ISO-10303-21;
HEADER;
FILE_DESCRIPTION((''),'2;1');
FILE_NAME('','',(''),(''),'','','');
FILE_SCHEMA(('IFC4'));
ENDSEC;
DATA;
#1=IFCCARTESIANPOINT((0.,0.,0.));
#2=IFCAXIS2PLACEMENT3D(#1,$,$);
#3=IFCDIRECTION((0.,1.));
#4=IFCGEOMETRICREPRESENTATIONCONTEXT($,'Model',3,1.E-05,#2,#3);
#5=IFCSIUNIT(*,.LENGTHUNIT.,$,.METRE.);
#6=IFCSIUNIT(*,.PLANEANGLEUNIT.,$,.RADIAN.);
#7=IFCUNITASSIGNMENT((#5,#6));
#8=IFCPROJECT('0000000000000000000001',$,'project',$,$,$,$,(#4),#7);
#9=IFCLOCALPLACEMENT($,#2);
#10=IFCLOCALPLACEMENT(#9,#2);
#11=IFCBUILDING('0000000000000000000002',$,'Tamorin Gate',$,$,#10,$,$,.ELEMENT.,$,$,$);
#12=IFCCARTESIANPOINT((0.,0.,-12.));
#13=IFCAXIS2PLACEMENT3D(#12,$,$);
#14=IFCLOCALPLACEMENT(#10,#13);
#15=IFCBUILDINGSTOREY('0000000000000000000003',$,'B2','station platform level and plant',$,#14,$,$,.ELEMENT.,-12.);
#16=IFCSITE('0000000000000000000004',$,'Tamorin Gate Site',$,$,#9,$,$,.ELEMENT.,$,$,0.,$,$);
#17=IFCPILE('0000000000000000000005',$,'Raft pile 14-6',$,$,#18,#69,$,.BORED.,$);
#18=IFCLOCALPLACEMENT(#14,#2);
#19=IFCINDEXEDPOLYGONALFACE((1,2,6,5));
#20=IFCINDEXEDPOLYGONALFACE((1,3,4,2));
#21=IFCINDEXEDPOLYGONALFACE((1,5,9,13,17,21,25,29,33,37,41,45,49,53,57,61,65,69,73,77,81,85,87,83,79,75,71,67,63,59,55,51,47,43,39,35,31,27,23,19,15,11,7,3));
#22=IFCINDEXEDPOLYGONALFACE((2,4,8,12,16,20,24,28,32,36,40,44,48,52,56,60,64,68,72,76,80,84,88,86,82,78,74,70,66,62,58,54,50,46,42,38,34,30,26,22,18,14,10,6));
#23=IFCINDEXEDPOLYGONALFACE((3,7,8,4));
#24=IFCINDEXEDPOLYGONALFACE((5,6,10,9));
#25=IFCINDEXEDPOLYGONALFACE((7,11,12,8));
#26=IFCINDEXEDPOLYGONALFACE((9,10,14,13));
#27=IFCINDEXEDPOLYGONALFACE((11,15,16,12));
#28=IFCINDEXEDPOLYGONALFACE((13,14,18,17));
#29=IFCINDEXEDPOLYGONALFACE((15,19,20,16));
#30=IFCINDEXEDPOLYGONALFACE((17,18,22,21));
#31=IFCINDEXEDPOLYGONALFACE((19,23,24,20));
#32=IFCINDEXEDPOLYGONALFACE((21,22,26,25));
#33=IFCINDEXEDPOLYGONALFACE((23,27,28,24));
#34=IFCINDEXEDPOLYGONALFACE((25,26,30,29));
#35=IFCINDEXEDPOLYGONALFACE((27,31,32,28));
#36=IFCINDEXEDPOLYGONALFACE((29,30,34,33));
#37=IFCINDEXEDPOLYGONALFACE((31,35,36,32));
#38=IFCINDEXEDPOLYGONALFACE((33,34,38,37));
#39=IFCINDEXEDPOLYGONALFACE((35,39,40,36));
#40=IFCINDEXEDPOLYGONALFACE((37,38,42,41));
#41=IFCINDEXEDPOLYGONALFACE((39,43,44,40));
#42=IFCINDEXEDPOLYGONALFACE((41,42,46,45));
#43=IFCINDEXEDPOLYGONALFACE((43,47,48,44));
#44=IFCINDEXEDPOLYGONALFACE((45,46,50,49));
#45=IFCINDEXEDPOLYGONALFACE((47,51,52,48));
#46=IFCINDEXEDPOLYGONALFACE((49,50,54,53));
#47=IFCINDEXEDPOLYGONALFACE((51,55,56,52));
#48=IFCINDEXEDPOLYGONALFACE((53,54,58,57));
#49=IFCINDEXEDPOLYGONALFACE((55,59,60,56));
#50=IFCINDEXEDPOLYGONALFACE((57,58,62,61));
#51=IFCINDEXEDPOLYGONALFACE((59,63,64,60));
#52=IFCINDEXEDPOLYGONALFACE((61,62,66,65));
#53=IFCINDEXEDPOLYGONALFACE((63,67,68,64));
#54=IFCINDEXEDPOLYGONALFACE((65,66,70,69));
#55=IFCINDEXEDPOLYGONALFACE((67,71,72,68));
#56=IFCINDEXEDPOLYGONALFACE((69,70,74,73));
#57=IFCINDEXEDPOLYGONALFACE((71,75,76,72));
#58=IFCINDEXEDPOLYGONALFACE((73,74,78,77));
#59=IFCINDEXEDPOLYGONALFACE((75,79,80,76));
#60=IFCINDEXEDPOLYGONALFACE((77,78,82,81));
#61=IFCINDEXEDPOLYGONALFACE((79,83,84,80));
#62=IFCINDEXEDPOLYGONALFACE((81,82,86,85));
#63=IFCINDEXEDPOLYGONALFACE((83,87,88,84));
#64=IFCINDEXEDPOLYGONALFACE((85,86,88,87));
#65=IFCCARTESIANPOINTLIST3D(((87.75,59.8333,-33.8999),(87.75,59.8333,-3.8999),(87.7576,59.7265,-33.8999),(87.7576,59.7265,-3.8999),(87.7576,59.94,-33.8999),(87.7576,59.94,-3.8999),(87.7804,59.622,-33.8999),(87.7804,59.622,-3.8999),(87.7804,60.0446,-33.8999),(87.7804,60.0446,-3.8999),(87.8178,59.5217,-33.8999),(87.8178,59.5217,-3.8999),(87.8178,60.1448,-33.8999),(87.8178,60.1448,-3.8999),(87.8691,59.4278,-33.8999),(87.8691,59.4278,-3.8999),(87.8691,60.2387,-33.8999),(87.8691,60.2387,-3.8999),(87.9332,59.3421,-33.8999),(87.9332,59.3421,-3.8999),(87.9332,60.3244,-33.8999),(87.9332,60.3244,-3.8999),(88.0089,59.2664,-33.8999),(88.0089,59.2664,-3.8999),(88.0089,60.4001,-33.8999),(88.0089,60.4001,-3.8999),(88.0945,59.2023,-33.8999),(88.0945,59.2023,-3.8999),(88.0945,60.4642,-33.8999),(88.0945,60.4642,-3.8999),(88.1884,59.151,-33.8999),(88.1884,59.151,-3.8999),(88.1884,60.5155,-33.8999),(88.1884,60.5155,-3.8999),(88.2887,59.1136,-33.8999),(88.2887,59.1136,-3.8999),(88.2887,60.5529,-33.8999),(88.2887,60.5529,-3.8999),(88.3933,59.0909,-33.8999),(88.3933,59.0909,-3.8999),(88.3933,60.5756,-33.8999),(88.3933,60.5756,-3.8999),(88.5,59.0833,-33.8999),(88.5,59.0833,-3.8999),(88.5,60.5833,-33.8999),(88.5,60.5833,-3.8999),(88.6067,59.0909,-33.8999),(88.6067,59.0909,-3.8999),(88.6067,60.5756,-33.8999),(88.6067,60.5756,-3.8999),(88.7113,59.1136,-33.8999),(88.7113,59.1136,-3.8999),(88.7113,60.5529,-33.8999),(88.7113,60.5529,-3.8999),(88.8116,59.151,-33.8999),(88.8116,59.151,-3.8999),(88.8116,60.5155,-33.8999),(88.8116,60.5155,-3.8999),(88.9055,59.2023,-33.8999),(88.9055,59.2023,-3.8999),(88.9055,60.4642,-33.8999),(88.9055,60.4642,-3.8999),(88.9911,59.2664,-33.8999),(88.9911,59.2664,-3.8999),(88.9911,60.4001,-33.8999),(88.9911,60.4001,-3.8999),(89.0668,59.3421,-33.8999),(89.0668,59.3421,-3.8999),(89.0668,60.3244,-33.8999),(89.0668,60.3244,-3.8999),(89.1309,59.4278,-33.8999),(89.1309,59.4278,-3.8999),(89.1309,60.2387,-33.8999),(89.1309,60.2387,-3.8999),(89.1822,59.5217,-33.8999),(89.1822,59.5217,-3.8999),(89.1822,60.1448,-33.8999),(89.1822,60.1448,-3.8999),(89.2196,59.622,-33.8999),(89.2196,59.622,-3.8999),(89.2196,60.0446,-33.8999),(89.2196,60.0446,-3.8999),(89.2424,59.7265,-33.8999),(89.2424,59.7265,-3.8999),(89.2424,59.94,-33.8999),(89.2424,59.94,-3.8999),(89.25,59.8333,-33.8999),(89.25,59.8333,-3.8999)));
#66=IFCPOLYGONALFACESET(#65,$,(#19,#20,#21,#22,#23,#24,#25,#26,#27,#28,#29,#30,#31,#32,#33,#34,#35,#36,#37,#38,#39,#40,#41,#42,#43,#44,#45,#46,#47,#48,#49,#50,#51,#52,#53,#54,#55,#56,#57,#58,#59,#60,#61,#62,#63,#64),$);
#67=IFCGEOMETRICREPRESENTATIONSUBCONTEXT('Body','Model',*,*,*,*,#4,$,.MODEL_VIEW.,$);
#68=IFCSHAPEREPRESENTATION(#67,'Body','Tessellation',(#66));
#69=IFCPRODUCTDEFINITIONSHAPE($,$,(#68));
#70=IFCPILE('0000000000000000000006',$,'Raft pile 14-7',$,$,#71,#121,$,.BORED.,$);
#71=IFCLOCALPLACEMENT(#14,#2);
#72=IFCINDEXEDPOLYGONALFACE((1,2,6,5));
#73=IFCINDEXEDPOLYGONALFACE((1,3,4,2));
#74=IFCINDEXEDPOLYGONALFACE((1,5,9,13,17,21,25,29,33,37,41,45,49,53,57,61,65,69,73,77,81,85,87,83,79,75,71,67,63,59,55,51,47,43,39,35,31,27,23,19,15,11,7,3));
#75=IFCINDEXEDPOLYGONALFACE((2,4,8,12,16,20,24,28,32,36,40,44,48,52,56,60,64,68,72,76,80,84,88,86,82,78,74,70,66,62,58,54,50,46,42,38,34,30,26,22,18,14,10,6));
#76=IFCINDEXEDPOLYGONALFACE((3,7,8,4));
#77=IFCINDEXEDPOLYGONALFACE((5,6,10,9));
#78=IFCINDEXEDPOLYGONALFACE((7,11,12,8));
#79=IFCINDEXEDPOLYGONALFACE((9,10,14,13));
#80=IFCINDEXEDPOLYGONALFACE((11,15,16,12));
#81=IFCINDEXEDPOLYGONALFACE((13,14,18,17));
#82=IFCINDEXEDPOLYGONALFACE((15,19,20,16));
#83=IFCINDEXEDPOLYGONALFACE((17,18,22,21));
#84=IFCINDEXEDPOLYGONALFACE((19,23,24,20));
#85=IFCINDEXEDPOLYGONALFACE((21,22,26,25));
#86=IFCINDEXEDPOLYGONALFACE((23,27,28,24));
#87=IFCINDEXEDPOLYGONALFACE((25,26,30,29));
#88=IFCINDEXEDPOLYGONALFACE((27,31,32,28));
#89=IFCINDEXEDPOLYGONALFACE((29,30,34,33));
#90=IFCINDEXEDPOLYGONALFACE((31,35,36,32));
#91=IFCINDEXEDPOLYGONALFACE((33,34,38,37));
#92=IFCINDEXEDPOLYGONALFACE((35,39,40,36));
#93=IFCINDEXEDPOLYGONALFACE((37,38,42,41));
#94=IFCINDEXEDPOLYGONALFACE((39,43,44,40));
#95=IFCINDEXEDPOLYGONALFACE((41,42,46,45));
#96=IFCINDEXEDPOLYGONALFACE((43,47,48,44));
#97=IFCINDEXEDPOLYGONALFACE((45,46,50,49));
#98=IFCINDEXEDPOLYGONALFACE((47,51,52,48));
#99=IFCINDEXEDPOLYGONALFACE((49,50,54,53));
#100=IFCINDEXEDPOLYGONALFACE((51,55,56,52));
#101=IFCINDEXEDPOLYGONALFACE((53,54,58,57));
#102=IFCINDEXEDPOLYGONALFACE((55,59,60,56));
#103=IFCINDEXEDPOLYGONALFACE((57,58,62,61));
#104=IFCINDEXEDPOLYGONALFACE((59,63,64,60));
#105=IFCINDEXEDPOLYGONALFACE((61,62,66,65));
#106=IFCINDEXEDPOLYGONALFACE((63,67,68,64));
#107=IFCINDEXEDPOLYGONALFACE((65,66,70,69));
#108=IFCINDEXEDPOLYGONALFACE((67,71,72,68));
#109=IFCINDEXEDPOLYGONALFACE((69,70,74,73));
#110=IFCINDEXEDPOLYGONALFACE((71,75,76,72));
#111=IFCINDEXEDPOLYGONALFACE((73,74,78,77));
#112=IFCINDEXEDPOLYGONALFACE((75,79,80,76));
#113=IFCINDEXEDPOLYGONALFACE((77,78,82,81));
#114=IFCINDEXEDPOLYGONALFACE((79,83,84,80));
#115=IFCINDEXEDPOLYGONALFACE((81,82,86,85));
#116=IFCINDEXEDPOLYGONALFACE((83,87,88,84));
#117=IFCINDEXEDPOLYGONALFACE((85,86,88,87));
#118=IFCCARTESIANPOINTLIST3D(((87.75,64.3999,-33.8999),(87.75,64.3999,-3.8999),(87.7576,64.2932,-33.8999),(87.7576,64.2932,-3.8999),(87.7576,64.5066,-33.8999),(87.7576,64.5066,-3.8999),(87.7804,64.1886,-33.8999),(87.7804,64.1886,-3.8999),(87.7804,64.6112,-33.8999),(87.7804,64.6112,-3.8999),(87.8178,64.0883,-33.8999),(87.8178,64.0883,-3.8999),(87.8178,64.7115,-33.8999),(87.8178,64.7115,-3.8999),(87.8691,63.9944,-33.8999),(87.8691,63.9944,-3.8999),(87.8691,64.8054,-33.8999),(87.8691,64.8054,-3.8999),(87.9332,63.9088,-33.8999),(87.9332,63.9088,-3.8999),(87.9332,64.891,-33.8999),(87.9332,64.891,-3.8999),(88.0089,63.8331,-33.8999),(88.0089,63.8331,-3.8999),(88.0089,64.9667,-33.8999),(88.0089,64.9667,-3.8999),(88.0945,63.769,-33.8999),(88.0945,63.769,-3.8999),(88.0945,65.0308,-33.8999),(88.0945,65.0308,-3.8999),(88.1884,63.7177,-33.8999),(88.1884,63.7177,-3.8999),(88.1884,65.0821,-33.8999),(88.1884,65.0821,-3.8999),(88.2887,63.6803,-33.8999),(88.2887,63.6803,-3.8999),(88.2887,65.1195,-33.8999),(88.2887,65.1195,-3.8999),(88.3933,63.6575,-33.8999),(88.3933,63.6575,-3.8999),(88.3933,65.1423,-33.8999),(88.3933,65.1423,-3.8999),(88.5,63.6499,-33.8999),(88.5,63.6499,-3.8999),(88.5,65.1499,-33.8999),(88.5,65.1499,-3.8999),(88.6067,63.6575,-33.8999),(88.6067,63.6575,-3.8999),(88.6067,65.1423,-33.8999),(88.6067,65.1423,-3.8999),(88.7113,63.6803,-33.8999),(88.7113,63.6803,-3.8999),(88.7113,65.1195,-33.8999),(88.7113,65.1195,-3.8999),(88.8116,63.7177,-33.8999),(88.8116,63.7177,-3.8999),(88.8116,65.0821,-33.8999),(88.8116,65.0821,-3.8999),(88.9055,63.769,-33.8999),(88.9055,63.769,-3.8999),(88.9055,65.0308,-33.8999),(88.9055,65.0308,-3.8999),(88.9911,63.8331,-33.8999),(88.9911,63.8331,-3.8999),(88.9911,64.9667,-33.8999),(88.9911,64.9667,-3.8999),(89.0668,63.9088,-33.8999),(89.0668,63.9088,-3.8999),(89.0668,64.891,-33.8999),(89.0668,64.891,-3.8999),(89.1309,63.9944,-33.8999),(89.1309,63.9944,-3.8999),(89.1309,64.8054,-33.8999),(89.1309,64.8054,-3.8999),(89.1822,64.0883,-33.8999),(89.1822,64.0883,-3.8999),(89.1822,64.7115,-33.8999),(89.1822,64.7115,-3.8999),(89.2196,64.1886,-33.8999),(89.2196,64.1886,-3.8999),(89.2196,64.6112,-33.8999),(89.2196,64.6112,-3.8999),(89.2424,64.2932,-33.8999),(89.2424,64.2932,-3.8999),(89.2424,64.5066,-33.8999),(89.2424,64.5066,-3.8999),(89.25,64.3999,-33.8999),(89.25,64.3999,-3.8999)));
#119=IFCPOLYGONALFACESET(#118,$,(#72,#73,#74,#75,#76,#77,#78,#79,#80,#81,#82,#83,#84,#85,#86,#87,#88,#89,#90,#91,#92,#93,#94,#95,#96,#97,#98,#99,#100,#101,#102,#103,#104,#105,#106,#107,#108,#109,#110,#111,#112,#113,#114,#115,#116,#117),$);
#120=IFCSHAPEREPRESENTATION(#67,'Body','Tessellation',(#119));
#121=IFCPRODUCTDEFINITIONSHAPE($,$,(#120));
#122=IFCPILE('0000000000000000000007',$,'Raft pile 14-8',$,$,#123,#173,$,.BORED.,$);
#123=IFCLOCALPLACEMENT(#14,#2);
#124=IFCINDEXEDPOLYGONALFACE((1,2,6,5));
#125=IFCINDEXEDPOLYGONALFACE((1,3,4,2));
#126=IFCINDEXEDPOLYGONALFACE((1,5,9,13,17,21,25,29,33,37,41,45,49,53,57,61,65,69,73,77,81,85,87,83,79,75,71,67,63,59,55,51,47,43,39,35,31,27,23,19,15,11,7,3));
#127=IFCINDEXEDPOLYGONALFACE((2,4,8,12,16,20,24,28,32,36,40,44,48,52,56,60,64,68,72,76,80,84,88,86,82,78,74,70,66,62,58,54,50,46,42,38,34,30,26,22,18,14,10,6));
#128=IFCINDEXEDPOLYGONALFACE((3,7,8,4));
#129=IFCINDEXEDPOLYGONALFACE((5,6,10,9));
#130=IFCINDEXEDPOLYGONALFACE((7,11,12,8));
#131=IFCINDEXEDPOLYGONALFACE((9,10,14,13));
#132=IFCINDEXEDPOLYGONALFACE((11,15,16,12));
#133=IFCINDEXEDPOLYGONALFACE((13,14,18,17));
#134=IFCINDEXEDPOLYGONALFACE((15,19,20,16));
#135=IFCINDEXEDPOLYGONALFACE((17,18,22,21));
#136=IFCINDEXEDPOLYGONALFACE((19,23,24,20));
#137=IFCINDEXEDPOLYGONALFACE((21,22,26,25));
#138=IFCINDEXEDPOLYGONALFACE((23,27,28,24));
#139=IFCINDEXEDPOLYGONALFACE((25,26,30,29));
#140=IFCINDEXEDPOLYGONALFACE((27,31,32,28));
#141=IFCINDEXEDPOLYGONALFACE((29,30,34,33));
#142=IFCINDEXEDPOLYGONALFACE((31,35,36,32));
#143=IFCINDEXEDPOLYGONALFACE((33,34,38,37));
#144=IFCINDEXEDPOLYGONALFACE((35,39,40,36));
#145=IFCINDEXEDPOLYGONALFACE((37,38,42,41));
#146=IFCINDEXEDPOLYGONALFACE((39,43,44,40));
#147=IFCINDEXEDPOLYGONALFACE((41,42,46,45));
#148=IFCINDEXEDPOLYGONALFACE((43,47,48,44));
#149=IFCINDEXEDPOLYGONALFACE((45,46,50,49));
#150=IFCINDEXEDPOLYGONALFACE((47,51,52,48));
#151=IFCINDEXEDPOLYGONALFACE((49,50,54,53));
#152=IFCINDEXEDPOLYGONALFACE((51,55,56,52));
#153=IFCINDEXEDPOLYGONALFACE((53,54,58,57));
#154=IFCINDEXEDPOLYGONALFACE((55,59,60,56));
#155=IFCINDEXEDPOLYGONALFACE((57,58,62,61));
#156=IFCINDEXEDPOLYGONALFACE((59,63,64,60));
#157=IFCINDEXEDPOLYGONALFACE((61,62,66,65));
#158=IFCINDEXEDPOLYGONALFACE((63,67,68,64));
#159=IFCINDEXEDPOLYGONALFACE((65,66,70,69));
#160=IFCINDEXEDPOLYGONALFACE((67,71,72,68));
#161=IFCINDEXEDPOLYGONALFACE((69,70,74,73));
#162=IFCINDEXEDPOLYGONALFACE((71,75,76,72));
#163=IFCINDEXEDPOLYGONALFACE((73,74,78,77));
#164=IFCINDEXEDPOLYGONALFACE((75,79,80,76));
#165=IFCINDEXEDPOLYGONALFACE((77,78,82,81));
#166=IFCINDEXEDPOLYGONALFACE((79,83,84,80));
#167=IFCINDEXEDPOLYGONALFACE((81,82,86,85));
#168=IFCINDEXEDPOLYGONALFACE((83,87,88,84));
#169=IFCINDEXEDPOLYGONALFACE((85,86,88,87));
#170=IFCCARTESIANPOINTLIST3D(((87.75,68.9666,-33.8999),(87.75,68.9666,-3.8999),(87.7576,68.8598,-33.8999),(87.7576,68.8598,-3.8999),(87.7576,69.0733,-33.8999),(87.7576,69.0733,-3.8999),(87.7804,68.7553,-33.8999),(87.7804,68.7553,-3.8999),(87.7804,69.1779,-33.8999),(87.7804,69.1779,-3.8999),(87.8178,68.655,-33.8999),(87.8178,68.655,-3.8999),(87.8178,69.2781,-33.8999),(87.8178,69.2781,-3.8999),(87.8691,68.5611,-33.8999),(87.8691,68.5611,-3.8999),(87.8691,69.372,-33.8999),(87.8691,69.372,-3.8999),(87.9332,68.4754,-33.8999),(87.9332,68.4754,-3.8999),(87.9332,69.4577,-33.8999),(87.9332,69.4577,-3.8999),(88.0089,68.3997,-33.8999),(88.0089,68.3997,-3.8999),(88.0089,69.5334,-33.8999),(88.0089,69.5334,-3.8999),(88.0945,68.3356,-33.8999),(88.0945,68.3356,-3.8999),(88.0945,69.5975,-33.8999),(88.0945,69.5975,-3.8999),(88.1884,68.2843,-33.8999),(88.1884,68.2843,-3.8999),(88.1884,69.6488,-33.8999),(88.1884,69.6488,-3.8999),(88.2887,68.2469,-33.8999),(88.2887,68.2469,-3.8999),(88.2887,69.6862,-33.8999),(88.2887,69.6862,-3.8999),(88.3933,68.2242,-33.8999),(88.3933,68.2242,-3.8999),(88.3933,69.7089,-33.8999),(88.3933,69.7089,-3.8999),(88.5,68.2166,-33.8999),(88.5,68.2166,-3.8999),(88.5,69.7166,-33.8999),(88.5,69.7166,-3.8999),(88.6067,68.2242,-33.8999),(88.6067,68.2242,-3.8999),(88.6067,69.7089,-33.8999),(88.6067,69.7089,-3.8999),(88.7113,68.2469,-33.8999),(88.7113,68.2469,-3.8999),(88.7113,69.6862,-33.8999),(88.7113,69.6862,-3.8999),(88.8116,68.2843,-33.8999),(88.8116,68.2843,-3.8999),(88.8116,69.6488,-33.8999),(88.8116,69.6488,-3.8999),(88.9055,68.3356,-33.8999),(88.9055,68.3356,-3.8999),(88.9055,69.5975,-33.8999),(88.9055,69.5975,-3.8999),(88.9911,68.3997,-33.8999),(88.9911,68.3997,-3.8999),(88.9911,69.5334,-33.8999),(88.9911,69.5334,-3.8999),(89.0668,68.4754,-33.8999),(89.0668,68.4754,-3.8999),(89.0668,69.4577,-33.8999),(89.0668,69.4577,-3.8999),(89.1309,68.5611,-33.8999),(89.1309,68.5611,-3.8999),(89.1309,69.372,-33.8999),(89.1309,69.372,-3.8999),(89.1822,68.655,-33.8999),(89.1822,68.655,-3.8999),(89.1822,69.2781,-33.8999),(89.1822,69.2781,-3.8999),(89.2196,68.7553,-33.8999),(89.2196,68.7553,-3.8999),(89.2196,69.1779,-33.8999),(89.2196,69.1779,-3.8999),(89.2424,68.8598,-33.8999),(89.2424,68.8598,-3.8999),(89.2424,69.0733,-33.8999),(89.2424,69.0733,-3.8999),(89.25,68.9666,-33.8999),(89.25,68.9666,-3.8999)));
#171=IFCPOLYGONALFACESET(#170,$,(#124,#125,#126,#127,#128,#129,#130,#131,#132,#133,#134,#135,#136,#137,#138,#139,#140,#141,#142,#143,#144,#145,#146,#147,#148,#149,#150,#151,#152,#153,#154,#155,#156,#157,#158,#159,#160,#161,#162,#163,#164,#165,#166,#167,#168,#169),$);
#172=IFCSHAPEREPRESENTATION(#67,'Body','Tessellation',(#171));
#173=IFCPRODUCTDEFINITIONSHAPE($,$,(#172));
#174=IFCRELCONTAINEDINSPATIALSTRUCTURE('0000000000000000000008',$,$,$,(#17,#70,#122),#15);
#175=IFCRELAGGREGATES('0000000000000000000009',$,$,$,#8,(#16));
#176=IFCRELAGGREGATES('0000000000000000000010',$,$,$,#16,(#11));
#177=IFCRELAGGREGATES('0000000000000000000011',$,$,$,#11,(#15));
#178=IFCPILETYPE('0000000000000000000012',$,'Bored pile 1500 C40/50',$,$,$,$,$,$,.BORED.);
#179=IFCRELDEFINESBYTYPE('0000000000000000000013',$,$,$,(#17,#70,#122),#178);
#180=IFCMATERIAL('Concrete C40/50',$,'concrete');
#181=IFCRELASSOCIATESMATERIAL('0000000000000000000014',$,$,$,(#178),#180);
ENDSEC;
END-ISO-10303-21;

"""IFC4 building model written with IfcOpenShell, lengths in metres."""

from ifc_helpers import new_model, si_unit, direction, frame, origin, origin_2d, place, context, subcontext, project, spatial, circle, extrude, material, material_profile, profile_set, type_object, element, save


model = new_model("IFC4")

# Units and contexts
model_context = context("Model", 3, precision=1e-05, world=origin(), true_north=direction((0.0, 1.0)))
body_context = subcontext(model_context, "Body", "Model", "MODEL_VIEW")
ifc_project = project(units=[si_unit("LENGTHUNIT", "METRE"), si_unit("PLANEANGLEUNIT", "RADIAN")], contexts=[model_context])

# Site, building, storey
site_placement = place(None, origin())
site = spatial("IfcSite", under=ifc_project, at=site_placement, Name="Tamorin Gate Site", CompositionType="ELEMENT", RefElevation=0.0)
building_placement = place(site_placement, origin())
building = spatial("IfcBuilding", under=site, at=building_placement, Name="Tamorin Gate", CompositionType="ELEMENT")
storey_placement = place(building_placement, frame((0.0, 0.0, -12.0)))
storey = spatial("IfcBuildingStorey", under=building, at=storey_placement, Name="B2", Description="station platform level and plant", CompositionType="ELEMENT", Elevation=-12.0)

# Piles
ifc_material_1 = material(Name="Concrete C40/50", Category="concrete")
ifc_material_profile_1 = material_profile(ifc_material_1, circle(Radius=0.75, at=origin_2d()))
ifc_profile_set_1 = profile_set([ifc_material_profile_1], Name="Concrete C40/50")
pile_type = type_object("IfcPileType", Name="Bored pile 1500 C40/50", PredefinedType="BORED", material=ifc_profile_set_1)
for number, where, z_axis, x_axis, name in (
    (1, (88.5, 59.8333, -3.8999), (0.0, 0.0, -1.0), (1.0, 0.0, 0.0), "Raft pile 14-6"),
    (2, (88.5, 64.3999, -3.8999), (0.0, 0.0, -1.0), (1.0, 0.0, 0.0), "Raft pile 14-7"),
    (3, (88.5, 68.9666, -3.8999), (0.0, 0.0, -1.0), (1.0, 0.0, 0.0), "Raft pile 14-8"),
):
    element("IfcPile", number, at=place(storey_placement, frame(where, z_axis=z_axis, x_axis=x_axis)), inside=storey, type_object=pile_type, Name=name, PredefinedType="BORED", context=body_context, shape_type="SweptSolid", body=[
        extrude(circle(Radius=0.75, at=origin_2d()), origin(), (0.0, 0.0, 1.0), 30.0),
    ])

save(model, "model.ifc")
